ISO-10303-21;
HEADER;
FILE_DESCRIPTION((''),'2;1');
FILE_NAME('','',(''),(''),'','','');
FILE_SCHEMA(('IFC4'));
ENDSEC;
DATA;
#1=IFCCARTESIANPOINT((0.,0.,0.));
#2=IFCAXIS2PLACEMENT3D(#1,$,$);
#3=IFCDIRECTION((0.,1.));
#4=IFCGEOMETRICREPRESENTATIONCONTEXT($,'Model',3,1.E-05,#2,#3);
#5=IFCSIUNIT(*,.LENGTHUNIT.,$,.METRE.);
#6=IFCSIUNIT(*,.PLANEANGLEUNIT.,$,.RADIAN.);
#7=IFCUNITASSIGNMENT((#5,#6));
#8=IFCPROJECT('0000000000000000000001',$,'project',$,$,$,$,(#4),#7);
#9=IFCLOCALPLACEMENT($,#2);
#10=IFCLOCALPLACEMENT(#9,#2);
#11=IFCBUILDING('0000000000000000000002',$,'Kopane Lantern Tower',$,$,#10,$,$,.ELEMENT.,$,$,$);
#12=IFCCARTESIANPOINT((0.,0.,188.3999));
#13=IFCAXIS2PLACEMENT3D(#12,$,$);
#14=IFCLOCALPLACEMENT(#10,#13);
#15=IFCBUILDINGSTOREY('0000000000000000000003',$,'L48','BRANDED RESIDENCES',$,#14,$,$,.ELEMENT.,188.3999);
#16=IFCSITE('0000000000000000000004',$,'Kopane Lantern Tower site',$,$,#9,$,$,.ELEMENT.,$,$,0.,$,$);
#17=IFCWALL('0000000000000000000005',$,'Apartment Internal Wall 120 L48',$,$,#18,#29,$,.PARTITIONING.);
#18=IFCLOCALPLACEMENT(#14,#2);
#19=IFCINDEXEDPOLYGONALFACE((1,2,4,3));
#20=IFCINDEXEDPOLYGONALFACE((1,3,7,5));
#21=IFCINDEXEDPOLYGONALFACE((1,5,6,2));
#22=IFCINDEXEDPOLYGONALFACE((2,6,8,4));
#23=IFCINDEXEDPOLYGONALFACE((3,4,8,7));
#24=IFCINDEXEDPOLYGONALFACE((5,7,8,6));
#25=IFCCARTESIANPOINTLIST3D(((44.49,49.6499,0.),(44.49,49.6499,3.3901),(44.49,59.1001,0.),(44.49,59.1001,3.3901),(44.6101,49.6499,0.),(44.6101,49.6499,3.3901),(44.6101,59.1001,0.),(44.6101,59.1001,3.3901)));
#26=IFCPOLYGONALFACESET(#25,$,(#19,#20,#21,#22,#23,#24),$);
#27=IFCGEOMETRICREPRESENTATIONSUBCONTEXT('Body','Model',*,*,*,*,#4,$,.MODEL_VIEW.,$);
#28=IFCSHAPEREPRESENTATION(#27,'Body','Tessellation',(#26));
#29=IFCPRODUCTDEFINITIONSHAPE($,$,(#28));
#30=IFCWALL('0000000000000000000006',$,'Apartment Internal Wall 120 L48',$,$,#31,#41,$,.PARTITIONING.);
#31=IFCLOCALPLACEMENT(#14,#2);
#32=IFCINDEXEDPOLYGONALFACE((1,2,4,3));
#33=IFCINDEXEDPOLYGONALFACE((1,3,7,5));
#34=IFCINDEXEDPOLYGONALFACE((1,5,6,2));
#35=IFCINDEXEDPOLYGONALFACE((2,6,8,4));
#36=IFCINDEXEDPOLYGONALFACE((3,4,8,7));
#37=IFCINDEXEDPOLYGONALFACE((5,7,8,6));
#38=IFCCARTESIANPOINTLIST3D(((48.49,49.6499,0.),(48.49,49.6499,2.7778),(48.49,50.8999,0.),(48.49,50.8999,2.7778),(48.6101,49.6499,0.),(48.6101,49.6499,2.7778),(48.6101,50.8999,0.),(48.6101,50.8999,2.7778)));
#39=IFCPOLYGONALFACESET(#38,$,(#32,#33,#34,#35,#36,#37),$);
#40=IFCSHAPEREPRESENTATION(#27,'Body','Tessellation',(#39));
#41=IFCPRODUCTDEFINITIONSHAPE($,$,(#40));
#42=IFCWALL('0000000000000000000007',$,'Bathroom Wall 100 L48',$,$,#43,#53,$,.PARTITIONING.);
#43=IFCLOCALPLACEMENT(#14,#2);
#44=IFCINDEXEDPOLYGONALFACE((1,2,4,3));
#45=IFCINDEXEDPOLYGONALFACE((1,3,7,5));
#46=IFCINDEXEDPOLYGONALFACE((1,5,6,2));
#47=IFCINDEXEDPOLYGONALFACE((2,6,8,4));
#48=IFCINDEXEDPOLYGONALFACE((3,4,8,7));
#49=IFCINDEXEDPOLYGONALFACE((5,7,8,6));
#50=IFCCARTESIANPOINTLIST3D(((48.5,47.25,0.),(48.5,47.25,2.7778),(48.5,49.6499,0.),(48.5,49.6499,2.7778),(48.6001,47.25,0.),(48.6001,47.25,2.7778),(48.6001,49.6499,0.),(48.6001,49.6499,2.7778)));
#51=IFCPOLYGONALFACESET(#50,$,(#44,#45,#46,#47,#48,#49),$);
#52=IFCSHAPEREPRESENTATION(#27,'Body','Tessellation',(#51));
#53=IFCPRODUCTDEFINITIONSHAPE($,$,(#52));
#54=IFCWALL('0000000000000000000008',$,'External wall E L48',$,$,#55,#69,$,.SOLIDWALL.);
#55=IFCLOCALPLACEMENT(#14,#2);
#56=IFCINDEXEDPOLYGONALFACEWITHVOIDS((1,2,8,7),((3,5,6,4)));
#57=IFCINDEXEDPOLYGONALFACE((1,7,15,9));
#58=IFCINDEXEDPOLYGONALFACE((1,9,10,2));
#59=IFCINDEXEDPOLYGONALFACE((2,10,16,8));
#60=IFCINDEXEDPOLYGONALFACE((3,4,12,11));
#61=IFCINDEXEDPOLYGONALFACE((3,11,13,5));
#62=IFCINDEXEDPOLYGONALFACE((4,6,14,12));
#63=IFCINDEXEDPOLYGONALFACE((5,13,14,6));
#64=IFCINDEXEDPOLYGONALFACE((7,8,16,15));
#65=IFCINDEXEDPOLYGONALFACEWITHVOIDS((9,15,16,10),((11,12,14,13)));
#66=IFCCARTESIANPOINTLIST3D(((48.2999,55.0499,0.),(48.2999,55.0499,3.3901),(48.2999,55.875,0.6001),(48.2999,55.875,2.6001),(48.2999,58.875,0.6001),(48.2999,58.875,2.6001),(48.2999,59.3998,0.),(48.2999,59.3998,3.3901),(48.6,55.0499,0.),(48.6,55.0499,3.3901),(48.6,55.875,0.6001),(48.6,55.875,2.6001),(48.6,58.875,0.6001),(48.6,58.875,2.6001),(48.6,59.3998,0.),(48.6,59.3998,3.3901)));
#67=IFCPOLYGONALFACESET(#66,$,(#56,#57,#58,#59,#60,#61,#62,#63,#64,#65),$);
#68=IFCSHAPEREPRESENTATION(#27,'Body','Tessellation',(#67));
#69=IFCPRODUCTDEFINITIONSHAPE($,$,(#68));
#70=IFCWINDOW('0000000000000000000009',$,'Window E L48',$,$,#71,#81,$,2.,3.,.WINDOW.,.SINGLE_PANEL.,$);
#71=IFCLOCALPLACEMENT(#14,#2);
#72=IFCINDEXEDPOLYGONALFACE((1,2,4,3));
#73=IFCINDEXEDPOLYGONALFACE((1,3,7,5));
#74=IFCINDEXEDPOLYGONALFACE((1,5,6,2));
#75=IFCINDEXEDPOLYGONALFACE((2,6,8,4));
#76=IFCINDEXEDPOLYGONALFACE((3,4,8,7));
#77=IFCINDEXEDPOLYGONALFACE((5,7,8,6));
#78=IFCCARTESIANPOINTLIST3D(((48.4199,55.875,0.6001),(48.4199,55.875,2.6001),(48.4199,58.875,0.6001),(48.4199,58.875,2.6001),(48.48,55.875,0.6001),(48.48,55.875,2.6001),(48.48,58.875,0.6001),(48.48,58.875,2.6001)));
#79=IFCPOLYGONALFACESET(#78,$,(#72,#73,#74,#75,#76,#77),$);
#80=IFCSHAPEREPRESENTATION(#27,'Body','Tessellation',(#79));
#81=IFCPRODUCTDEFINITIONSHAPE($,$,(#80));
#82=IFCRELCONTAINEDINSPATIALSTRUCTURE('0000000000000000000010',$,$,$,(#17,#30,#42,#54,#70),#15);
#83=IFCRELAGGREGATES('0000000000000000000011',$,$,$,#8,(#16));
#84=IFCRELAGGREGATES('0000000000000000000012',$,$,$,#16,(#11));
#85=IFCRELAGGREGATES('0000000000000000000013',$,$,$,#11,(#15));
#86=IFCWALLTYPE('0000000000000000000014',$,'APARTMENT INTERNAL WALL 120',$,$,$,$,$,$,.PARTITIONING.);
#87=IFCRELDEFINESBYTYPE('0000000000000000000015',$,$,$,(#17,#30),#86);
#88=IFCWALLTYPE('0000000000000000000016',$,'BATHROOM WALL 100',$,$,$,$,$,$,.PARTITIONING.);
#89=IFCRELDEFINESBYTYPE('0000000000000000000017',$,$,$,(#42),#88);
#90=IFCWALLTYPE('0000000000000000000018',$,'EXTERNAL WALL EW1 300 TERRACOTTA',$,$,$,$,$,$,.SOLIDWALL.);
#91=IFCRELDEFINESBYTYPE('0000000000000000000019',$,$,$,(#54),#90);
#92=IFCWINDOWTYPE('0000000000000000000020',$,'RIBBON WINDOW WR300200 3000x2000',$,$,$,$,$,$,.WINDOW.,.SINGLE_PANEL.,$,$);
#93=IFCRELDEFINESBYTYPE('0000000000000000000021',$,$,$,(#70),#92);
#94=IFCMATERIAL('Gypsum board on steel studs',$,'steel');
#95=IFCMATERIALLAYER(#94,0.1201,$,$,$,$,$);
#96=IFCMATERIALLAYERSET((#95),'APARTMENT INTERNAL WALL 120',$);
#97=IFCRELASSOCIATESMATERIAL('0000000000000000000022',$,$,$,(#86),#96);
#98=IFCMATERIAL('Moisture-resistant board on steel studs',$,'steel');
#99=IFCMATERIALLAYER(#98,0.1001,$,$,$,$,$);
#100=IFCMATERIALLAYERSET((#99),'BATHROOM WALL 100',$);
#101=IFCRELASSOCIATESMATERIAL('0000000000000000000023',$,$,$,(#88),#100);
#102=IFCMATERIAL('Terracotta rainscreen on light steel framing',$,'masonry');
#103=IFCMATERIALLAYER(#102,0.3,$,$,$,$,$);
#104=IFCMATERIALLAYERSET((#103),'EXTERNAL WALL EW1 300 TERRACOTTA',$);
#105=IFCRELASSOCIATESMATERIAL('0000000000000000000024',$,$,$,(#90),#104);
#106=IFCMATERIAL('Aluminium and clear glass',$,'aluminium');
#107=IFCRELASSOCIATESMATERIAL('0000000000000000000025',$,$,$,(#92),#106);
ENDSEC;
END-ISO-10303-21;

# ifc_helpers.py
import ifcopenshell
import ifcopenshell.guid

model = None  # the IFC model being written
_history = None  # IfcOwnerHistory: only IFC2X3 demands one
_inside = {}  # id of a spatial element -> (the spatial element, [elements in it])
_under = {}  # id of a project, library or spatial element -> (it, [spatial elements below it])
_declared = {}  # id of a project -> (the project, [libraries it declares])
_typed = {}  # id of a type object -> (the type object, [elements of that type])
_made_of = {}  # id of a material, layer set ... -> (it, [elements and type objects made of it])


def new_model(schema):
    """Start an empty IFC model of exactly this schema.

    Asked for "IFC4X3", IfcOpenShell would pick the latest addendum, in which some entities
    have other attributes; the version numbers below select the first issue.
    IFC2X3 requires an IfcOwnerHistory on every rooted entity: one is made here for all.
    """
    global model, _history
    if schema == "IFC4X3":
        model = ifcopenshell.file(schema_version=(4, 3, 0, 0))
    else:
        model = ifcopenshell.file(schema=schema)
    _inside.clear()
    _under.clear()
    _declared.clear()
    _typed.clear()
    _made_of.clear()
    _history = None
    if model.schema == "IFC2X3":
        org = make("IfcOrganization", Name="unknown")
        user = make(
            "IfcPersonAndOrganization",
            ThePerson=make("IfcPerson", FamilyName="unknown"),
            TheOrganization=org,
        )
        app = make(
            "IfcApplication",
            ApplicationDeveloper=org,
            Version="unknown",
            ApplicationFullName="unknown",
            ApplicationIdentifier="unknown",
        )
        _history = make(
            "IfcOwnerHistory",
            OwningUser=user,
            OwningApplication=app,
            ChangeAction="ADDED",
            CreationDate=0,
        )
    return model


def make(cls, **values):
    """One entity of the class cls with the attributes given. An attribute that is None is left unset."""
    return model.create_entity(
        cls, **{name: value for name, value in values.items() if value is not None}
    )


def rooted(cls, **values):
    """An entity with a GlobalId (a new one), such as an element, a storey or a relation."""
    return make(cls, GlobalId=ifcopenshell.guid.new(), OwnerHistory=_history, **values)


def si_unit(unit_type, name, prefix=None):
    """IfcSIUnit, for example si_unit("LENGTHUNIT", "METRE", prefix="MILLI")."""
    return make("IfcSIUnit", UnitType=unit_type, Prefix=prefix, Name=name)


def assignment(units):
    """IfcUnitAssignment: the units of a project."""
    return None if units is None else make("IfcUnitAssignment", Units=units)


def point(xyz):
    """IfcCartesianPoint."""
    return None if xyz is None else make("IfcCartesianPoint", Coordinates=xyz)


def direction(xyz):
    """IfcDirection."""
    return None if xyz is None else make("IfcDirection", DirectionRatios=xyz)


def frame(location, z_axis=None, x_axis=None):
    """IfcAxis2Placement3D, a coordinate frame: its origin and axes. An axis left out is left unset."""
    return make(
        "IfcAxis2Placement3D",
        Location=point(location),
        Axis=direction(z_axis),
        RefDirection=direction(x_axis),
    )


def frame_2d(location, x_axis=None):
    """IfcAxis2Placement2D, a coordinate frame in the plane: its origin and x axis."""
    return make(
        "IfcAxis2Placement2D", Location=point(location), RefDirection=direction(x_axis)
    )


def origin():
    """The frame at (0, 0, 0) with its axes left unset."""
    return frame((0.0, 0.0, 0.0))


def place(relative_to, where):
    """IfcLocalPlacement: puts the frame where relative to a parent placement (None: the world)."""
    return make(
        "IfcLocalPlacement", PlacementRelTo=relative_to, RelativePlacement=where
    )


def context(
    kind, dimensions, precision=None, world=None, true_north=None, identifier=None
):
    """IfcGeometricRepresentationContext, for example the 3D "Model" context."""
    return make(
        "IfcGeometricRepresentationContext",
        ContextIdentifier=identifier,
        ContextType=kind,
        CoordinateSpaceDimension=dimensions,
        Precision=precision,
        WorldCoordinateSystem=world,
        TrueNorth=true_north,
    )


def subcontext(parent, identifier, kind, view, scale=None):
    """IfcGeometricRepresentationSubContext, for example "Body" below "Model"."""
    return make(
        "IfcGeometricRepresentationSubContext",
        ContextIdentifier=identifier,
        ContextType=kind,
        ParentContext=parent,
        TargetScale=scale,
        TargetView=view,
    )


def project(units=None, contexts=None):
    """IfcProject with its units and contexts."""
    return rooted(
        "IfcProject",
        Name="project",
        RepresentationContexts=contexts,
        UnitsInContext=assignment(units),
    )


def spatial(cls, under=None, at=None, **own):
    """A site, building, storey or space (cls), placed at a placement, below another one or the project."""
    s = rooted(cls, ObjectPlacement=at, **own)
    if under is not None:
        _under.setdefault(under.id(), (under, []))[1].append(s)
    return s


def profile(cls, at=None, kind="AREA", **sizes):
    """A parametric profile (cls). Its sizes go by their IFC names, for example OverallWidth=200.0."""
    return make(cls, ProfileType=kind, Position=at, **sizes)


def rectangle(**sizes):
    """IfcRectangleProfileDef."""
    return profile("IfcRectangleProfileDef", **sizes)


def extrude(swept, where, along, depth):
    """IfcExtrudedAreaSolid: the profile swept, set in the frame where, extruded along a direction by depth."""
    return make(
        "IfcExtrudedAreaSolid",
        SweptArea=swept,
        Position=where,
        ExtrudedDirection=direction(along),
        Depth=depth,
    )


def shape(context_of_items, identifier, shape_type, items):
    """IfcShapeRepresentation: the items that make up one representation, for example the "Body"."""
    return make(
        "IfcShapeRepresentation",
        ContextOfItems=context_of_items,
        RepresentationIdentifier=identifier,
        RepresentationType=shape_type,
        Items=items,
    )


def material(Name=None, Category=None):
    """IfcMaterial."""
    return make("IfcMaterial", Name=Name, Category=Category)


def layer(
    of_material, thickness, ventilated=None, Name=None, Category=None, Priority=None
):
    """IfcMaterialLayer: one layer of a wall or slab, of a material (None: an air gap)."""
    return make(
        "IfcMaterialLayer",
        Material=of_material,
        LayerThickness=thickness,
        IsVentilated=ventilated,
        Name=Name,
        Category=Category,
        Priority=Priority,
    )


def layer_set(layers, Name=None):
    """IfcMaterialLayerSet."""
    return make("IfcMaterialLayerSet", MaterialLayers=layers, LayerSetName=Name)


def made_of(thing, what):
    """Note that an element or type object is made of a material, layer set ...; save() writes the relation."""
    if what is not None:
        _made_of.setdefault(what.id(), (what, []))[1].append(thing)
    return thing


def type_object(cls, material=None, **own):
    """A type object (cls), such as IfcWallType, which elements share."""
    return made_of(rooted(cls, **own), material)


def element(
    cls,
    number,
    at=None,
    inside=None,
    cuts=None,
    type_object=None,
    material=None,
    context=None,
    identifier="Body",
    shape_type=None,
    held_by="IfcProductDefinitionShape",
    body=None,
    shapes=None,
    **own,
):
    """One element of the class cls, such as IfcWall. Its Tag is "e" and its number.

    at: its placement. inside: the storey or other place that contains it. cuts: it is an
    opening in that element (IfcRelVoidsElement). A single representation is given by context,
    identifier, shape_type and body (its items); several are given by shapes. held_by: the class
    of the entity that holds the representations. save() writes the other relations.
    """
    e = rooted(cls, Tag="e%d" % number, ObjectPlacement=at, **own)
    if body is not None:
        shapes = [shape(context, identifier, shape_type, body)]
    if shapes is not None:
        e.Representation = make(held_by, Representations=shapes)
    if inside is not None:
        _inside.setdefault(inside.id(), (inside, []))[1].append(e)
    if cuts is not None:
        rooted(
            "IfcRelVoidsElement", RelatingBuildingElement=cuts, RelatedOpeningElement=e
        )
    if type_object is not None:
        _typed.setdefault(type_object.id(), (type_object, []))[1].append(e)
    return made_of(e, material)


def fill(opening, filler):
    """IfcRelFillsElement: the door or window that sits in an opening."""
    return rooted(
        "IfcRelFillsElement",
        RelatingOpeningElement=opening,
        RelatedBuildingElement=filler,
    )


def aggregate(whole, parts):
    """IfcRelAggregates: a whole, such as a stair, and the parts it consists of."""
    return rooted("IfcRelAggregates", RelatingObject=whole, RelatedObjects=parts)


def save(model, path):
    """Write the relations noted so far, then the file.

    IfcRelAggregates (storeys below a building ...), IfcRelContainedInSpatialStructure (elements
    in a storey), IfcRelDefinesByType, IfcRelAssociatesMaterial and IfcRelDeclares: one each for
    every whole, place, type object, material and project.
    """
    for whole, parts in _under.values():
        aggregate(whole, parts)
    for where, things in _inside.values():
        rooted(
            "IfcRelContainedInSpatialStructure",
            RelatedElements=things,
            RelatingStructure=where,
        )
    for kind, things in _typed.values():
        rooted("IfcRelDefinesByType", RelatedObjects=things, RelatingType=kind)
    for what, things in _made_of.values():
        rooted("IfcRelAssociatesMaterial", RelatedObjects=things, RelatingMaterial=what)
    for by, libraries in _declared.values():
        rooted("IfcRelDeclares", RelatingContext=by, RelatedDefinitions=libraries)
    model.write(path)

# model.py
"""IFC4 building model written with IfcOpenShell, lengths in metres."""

from ifc_helpers import new_model, si_unit, direction, frame, frame_2d, origin, place, context, subcontext, project, spatial, rectangle, extrude, material, layer, layer_set, type_object, element, fill, save


model = new_model("IFC4")

# Units and contexts
model_context = context("Model", 3, precision=1e-05, world=origin(), true_north=direction((0.0, 1.0)))
body_context = subcontext(model_context, "Body", "Model", "MODEL_VIEW")
ifc_project = project(units=[si_unit("LENGTHUNIT", "METRE"), si_unit("PLANEANGLEUNIT", "RADIAN")], contexts=[model_context])

# Site, building, storey
site_placement = place(None, origin())
site = spatial("IfcSite", under=ifc_project, at=site_placement, Name="Kopane Lantern Tower site", CompositionType="ELEMENT", RefElevation=0.0)
building_placement = place(site_placement, origin())
building = spatial("IfcBuilding", under=site, at=building_placement, Name="Kopane Lantern Tower", CompositionType="ELEMENT")
storey_placement = place(building_placement, frame((0.0, 0.0, 188.3999)))
storey = spatial("IfcBuildingStorey", under=building, at=storey_placement, Name="L48", Description="BRANDED RESIDENCES", CompositionType="ELEMENT", Elevation=188.3999)

# Walls
ifc_material_1 = material(Name="Gypsum board on steel studs", Category="steel")
ifc_layer_1 = layer(ifc_material_1, 0.1201)
ifc_layer_set_1 = layer_set([ifc_layer_1], Name="APARTMENT INTERNAL WALL 120")
wall_type_1 = type_object("IfcWallType", Name="APARTMENT INTERNAL WALL 120", PredefinedType="PARTITIONING", material=ifc_layer_set_1)
wall_1_placement = place(storey_placement, frame((44.55, 49.6499, 0.0), z_axis=(0.0, 0.0, 1.0), x_axis=(0.0, 1.0, 0.0)))
element("IfcWall", 1, at=wall_1_placement, inside=storey, type_object=wall_type_1, Name="Apartment Internal Wall 120 L48", PredefinedType="PARTITIONING", context=body_context, shape_type="SweptSolid", body=[
    extrude(rectangle(XDim=9.4502, YDim=0.1201, at=frame_2d((4.7251, 0.0))), origin(), (0.0, 0.0, 1.0), 3.3901),
])
wall_2_placement = place(storey_placement, frame((48.55, 49.6499, 0.0), z_axis=(0.0, 0.0, 1.0), x_axis=(0.0, 1.0, 0.0)))
element("IfcWall", 2, at=wall_2_placement, inside=storey, type_object=wall_type_1, Name="Apartment Internal Wall 120 L48", PredefinedType="PARTITIONING", context=body_context, shape_type="SweptSolid", body=[
    extrude(rectangle(XDim=1.25, YDim=0.1201, at=frame_2d((0.625, 0.0))), origin(), (0.0, 0.0, 1.0), 2.7778),
])
ifc_material_2 = material(Name="Moisture-resistant board on steel studs", Category="steel")
ifc_layer_2 = layer(ifc_material_2, 0.1001)
ifc_layer_set_2 = layer_set([ifc_layer_2], Name="BATHROOM WALL 100")
wall_type_2 = type_object("IfcWallType", Name="BATHROOM WALL 100", PredefinedType="PARTITIONING", material=ifc_layer_set_2)
wall_3_placement = place(storey_placement, frame((48.55, 47.25, 0.0), z_axis=(0.0, 0.0, 1.0), x_axis=(0.0, 1.0, 0.0)))
element("IfcWall", 3, at=wall_3_placement, inside=storey, type_object=wall_type_2, Name="Bathroom Wall 100 L48", PredefinedType="PARTITIONING", context=body_context, shape_type="SweptSolid", body=[
    extrude(rectangle(XDim=2.3999, YDim=0.1001, at=frame_2d((1.2, 0.0))), origin(), (0.0, 0.0, 1.0), 2.7778),
])

# Wall, opening, window
ifc_material_3 = material(Name="Terracotta rainscreen on light steel framing", Category="masonry")
ifc_layer_3 = layer(ifc_material_3, 0.3)
ifc_layer_set_3 = layer_set([ifc_layer_3], Name="EXTERNAL WALL EW1 300 TERRACOTTA")
wall_type_3 = type_object("IfcWallType", Name="EXTERNAL WALL EW1 300 TERRACOTTA", PredefinedType="SOLIDWALL", material=ifc_layer_set_3)
wall_4_placement = place(storey_placement, frame((48.45, 55.05, 0.0), z_axis=(0.0, 0.0, 1.0), x_axis=(0.0, 1.0, 0.0)))
wall_4 = element("IfcWall", 4, at=wall_4_placement, inside=storey, type_object=wall_type_3, Name="External wall E L48", PredefinedType="SOLIDWALL", context=body_context, shape_type="SweptSolid", body=[
    extrude(rectangle(XDim=4.3499, YDim=0.3, at=frame_2d((2.1748, 0.0))), origin(), (0.0, 0.0, 1.0), 3.3901),
])
opening_1_placement = place(wall_4_placement, frame((0.825, 0.0, 0.6001)))
opening_1 = element("IfcOpeningElement", 5, at=opening_1_placement, cuts=wall_4, PredefinedType="OPENING", context=body_context, shape_type="SweptSolid", body=[
    extrude(rectangle(XDim=3.0, YDim=2.0, at=frame_2d((1.5, 1.0))), frame((0.0, 0.1599, 0.0), z_axis=(0.0, -1.0, 0.0), x_axis=(1.0, 0.0, 0.0)), (0.0, 0.0, 1.0), 0.3201),
])
ifc_material_4 = material(Name="Aluminium and clear glass", Category="aluminium")
window_type_1 = type_object("IfcWindowType", Name="RIBBON WINDOW WR300200 3000x2000", PartitioningType="SINGLE_PANEL", PredefinedType="WINDOW", material=ifc_material_4)
window_1_placement = place(opening_1_placement, origin())
window_1 = element("IfcWindow", 6, at=window_1_placement, inside=storey, type_object=window_type_1, Name="Window E L48", OverallHeight=2.0, OverallWidth=3.0, PartitioningType="SINGLE_PANEL", PredefinedType="WINDOW", context=body_context, shape_type="SweptSolid", body=[
    extrude(rectangle(XDim=3.0, YDim=2.0, at=frame_2d((1.5, 1.0))), frame((0.0, 0.03, 0.0), z_axis=(0.0, -1.0, 0.0), x_axis=(1.0, 0.0, 0.0)), (0.0, 0.0, 1.0), 0.0601),
])
fill(opening_1, window_1)

save(model, "model.ifc")
